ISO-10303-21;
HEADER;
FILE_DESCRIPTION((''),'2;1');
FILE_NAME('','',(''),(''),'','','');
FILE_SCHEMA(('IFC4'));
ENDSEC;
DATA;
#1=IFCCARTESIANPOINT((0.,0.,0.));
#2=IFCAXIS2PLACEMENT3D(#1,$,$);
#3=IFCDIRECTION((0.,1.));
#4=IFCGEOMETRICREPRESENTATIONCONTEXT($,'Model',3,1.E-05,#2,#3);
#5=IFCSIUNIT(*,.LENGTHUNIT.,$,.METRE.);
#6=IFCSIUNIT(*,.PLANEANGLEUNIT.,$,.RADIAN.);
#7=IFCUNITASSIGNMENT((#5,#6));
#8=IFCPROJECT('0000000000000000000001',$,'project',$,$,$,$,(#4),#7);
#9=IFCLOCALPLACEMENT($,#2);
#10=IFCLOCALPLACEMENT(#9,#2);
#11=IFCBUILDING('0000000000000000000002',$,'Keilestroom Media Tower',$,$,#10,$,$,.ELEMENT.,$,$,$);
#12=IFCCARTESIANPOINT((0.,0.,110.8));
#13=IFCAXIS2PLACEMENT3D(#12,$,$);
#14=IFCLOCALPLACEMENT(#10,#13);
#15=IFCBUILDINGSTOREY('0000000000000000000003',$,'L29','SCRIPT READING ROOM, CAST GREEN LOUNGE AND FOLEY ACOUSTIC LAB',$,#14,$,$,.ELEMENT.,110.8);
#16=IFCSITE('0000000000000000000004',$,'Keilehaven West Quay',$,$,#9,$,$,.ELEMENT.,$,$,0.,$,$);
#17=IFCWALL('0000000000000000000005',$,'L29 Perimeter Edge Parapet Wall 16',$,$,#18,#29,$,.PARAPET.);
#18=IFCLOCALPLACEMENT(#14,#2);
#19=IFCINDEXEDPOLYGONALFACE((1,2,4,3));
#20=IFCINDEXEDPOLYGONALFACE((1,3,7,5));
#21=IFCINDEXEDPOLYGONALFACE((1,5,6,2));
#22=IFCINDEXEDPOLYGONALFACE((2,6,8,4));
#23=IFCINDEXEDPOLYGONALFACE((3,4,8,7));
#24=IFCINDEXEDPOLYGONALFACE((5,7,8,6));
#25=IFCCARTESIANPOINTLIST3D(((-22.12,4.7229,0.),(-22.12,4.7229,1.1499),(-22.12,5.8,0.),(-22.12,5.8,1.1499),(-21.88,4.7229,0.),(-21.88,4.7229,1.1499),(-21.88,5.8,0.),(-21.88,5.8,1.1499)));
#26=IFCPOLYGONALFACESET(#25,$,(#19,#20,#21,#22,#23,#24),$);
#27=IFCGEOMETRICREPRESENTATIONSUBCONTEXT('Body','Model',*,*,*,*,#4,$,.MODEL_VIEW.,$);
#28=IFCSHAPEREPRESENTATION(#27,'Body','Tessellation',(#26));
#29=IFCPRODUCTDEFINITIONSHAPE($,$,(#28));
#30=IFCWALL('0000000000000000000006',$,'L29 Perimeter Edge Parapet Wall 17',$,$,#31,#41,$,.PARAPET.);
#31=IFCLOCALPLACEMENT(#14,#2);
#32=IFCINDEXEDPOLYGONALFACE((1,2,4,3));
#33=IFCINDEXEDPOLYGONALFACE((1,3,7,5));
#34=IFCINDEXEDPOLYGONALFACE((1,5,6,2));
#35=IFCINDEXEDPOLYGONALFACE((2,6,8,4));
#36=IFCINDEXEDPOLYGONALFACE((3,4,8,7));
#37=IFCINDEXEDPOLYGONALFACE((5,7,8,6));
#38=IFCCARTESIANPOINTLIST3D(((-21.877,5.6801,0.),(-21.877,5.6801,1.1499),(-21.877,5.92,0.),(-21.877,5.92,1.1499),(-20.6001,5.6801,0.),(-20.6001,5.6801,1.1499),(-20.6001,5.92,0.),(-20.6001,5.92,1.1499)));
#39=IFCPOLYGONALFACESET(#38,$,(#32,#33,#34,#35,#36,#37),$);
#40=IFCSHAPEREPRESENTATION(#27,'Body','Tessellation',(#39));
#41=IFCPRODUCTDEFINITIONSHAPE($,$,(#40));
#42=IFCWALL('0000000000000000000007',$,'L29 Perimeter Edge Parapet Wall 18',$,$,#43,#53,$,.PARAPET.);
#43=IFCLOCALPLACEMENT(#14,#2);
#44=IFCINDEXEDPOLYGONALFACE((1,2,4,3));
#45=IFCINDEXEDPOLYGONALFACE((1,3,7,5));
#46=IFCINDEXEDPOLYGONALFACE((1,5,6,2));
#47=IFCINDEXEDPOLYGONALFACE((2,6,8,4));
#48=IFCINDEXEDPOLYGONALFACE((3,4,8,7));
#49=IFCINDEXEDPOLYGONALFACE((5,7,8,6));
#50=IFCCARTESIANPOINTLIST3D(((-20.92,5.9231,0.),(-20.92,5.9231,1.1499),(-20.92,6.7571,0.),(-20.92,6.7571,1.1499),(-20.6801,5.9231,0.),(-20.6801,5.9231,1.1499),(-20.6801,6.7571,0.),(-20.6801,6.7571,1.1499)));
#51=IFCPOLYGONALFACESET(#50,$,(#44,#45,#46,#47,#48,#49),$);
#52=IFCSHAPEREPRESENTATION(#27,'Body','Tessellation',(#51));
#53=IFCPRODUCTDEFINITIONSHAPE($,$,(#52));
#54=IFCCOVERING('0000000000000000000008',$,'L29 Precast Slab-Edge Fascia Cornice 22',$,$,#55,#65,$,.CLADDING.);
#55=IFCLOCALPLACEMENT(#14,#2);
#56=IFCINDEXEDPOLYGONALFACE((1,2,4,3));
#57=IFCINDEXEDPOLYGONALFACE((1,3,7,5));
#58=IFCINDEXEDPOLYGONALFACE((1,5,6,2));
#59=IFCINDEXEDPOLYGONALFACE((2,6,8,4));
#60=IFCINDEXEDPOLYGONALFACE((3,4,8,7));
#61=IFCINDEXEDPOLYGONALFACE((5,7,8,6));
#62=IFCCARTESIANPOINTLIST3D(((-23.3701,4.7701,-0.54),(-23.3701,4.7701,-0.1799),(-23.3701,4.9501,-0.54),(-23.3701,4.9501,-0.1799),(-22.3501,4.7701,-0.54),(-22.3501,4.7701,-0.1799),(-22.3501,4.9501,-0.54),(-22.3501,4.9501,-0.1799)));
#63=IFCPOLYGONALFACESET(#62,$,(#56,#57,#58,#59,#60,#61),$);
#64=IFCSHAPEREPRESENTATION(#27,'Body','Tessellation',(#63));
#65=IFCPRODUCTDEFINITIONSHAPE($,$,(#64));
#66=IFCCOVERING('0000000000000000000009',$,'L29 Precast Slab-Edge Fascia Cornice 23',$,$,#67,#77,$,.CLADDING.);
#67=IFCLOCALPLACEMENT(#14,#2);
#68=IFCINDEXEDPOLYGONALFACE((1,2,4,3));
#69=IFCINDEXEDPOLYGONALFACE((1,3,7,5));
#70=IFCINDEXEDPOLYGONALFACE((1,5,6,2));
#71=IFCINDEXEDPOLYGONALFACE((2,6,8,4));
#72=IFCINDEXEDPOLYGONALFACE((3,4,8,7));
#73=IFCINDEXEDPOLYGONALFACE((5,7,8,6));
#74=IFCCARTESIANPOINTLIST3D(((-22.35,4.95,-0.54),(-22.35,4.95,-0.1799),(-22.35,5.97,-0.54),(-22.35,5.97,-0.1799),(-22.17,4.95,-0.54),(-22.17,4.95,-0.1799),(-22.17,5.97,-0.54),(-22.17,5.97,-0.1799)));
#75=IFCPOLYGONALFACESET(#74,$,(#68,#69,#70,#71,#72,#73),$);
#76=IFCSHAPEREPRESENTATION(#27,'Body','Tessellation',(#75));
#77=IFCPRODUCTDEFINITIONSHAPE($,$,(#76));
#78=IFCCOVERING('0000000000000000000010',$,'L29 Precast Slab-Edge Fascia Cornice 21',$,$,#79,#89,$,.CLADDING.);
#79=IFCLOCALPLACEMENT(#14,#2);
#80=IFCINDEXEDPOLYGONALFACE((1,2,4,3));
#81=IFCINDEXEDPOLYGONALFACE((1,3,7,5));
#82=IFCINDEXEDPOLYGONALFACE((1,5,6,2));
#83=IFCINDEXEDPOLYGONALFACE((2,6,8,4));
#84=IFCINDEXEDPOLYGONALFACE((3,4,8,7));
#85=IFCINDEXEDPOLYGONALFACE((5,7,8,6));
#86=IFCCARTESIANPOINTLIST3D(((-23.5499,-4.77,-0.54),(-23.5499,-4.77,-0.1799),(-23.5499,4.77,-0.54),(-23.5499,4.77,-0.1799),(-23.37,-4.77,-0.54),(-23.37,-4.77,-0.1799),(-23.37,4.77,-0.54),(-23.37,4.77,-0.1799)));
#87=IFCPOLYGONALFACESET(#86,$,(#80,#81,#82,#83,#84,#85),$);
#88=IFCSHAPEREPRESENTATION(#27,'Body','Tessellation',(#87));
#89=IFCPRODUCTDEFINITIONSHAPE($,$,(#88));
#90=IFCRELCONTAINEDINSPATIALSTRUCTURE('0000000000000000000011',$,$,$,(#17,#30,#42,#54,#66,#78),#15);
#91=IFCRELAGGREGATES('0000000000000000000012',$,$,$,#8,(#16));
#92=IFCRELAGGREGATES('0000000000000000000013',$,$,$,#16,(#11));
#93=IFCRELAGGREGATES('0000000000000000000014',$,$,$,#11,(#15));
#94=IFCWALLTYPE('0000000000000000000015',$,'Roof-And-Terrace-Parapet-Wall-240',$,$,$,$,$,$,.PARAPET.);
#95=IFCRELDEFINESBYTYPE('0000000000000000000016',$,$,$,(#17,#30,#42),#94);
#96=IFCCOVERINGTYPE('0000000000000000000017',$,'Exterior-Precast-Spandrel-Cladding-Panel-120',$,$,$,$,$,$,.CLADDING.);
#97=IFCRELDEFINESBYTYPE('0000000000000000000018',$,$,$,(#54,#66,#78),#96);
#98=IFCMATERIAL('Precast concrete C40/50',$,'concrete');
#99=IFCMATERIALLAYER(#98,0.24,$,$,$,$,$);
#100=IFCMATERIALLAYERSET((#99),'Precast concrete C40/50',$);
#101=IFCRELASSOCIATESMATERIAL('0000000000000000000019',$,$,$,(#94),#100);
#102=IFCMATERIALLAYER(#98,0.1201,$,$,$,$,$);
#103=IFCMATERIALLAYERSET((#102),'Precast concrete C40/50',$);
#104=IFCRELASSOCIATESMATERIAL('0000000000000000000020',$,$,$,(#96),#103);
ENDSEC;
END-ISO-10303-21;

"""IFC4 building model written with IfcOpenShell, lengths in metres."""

from ifc_helpers import new_model, si_unit, direction, frame, frame_2d, origin, origin_2d, place, context, subcontext, project, spatial, rectangle, extrude, source, transform, mapped, material, layer, layer_set, type_object, element, save


model = new_model("IFC4")

# Units and contexts
model_context = context("Model", 3, precision=1e-05, world=origin(), true_north=direction((0.0, 1.0)))
body_context = subcontext(model_context, "Body", "Model", "MODEL_VIEW")
ifc_project = project(units=[si_unit("LENGTHUNIT", "METRE"), si_unit("PLANEANGLEUNIT", "RADIAN")], contexts=[model_context])

# Site, building, storey
site_placement = place(None, origin())
site = spatial("IfcSite", under=ifc_project, at=site_placement, Name="Keilehaven West Quay", CompositionType="ELEMENT", RefElevation=0.0)
building_placement = place(site_placement, origin())
building = spatial("IfcBuilding", under=site, at=building_placement, Name="Keilestroom Media Tower", CompositionType="ELEMENT")
storey_placement = place(building_placement, frame((0.0, 0.0, 110.8)))
storey = spatial("IfcBuildingStorey", under=building, at=storey_placement, Name="L29", Description="SCRIPT READING ROOM, CAST GREEN LOUNGE AND FOLEY ACOUSTIC LAB", CompositionType="ELEMENT", Elevation=110.8)

# Shared definitions
ifc_material_1 = material(Name="Precast concrete C40/50", Category="concrete")

# Walls
ifc_layer_1 = layer(ifc_material_1, 0.24)
ifc_layer_set_1 = layer_set([ifc_layer_1], Name="Precast concrete C40/50")
wall_type = type_object("IfcWallType", Name="Roof-And-Terrace-Parapet-Wall-240", PredefinedType="PARAPET", material=ifc_layer_set_1)
wall_1_placement = place(storey_placement, frame((-22.0, 4.7229, 0.0), z_axis=(0.0, 0.0, 1.0), x_axis=(0.0, 1.0, 0.0)))
element("IfcWall", 1, at=wall_1_placement, inside=storey, type_object=wall_type, Name="L29 Perimeter Edge Parapet Wall 16", PredefinedType="PARAPET", context=body_context, shape_type="SweptSolid", body=[
    extrude(rectangle(XDim=1.0771, YDim=0.24, at=frame_2d((0.5386, 0.0))), origin(), (0.0, 0.0, 1.0), 1.1499),
])
wall_2_placement = place(storey_placement, frame((-21.877, 5.8, 0.0), z_axis=(0.0, 0.0, 1.0), x_axis=(1.0, 0.0, 0.0)))
element("IfcWall", 2, at=wall_2_placement, inside=storey, type_object=wall_type, Name="L29 Perimeter Edge Parapet Wall 17", PredefinedType="PARAPET", context=body_context, shape_type="SweptSolid", body=[
    extrude(rectangle(XDim=1.2769, YDim=0.24, at=frame_2d((0.6384, 0.0))), origin(), (0.0, 0.0, 1.0), 1.1499),
])
wall_3_placement = place(storey_placement, frame((-20.8, 5.9231, 0.0), z_axis=(0.0, 0.0, 1.0), x_axis=(0.0, 1.0, 0.0)))
element("IfcWall", 3, at=wall_3_placement, inside=storey, type_object=wall_type, Name="L29 Perimeter Edge Parapet Wall 18", PredefinedType="PARAPET", context=body_context, shape_type="SweptSolid", body=[
    extrude(rectangle(XDim=0.834, YDim=0.24, at=frame_2d((0.417, 0.0))), origin(), (0.0, 0.0, 1.0), 1.1499),
])

# Coverings
ifc_layer_2 = layer(ifc_material_1, 0.1201)
ifc_layer_set_2 = layer_set([ifc_layer_2], Name="Precast concrete C40/50")
covering_type = type_object("IfcCoveringType", Name="Exterior-Precast-Spandrel-Cladding-Panel-120", PredefinedType="CLADDING", material=ifc_layer_set_2)
shared_shape_1 = source(origin(), body_context, "Body", "SweptSolid", [
    extrude(rectangle(XDim=1.02, YDim=0.1799, at=origin_2d()), origin(), (0.0, 0.0, 1.0), 0.3601),
])
for number, where, z_axis, x_axis, name in (
    (4, (-22.8601, 4.8601, -0.54), (0.0, 0.0, 1.0), (1.0, 0.0, 0.0), "L29 Precast Slab-Edge Fascia Cornice 22"),
    (5, (-22.26, 5.46, -0.54), (0.0, 0.0, 1.0), (0.0, 1.0, 0.0), "L29 Precast Slab-Edge Fascia Cornice 23"),
):
    element("IfcCovering", number, at=place(storey_placement, frame(where, z_axis=z_axis, x_axis=x_axis)), inside=storey, type_object=covering_type, Name=name, PredefinedType="CLADDING", context=body_context, shape_type="MappedRepresentation", body=[
        mapped(shared_shape_1, transform((0.0, 0.0, 0.0), x_axis=(1.0, 0.0, 0.0), y_axis=(0.0, 1.0, 0.0), z_axis=(0.0, 0.0, 1.0), scale=1.0)),
    ])
shared_shape_2 = source(origin(), body_context, "Body", "SweptSolid", [
    extrude(rectangle(XDim=9.54, YDim=0.1799, at=origin_2d()), origin(), (0.0, 0.0, 1.0), 0.3601),
])
covering_placement = place(storey_placement, frame((-23.46, 0.0, -0.54), z_axis=(0.0, 0.0, 1.0), x_axis=(0.0, 1.0, 0.0)))
element("IfcCovering", 6, at=covering_placement, inside=storey, type_object=covering_type, Name="L29 Precast Slab-Edge Fascia Cornice 21", PredefinedType="CLADDING", context=body_context, shape_type="MappedRepresentation", body=[
    mapped(shared_shape_2, transform((0.0, 0.0, 0.0), x_axis=(1.0, 0.0, 0.0), y_axis=(0.0, 1.0, 0.0), z_axis=(0.0, 0.0, 1.0), scale=1.0)),
])

save(model, "model.ifc")
